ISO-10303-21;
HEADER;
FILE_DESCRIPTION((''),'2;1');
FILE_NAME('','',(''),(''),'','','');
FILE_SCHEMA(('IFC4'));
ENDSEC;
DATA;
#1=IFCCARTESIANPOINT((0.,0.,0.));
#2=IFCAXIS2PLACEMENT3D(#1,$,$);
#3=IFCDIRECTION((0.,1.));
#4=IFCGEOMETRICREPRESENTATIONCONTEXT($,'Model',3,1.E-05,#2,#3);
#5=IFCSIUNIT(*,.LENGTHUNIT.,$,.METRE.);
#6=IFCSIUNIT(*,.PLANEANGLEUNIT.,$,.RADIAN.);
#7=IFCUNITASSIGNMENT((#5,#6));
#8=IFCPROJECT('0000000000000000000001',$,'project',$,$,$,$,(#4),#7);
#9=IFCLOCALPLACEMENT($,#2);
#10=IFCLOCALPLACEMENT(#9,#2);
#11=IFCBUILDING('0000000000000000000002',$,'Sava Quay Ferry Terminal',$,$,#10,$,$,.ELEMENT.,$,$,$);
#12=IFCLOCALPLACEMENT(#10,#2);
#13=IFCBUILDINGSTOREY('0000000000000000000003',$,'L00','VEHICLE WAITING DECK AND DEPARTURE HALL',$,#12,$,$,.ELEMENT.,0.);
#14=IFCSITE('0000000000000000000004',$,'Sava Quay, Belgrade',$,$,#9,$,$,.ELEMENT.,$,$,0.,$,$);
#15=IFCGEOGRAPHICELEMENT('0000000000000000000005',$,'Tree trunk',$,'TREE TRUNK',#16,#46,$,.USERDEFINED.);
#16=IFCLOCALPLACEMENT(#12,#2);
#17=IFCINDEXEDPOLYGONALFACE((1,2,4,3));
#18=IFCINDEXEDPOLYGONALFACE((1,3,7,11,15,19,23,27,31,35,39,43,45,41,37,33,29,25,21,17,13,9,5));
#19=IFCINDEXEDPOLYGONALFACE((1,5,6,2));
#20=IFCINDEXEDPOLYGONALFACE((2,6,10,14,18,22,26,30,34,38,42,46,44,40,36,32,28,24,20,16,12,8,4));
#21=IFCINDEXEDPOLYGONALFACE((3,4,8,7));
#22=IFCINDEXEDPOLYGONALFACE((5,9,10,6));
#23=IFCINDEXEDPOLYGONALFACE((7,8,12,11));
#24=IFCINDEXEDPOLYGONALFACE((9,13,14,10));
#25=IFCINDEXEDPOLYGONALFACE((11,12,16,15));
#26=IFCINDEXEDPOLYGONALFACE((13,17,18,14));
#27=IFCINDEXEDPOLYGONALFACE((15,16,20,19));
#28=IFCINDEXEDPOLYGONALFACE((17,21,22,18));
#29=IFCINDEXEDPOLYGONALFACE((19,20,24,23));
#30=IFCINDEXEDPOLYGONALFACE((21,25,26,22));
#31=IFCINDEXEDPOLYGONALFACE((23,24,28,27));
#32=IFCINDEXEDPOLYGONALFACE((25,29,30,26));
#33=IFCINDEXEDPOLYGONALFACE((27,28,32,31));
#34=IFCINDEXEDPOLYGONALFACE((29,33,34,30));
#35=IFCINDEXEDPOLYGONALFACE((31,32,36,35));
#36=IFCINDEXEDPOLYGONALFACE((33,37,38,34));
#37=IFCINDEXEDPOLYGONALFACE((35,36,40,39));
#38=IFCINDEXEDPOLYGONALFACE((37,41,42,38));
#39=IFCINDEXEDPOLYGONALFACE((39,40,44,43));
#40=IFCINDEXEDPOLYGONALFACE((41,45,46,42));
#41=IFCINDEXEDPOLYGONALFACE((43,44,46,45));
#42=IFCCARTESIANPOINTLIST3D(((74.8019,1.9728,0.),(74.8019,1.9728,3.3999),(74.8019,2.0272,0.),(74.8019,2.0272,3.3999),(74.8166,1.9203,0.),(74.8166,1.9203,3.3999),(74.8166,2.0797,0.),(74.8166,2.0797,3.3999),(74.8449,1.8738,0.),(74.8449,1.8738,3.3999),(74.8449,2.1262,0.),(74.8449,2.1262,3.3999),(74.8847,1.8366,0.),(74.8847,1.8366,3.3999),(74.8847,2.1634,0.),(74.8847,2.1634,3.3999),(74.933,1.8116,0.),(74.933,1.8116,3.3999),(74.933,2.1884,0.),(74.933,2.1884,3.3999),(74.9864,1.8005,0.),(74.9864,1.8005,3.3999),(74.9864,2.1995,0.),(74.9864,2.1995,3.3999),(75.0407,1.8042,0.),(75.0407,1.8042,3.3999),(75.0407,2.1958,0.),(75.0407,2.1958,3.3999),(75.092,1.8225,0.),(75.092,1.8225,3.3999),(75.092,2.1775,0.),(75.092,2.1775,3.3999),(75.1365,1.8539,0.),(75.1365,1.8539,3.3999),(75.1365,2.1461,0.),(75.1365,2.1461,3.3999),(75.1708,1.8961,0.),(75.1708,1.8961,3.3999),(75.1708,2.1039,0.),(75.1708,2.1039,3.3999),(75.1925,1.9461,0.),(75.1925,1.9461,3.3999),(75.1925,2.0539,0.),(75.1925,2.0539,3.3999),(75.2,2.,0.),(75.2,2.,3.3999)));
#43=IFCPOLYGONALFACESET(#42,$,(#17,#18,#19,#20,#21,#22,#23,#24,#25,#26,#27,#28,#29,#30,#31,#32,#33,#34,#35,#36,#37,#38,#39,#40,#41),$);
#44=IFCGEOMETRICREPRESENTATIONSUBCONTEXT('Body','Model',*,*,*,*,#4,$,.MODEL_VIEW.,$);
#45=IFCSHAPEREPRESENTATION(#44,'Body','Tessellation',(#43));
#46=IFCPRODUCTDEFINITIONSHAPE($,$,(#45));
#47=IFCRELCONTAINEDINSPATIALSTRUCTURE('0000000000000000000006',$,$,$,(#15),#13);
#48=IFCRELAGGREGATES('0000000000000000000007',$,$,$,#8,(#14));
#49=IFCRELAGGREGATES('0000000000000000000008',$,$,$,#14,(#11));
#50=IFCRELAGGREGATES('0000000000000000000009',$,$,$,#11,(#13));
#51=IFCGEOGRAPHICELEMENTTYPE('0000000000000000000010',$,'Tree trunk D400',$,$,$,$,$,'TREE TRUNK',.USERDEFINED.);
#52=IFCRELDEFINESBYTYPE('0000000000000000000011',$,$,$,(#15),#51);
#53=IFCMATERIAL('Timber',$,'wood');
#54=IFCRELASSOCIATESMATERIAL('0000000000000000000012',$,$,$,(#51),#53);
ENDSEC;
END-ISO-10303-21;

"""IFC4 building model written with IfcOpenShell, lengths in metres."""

from ifc_helpers import new_model, si_unit, direction, frame, origin, origin_2d, place, context, subcontext, project, spatial, circle, extrude, material, type_object, element, save


model = new_model("IFC4")

# Units and contexts
model_context = context("Model", 3, precision=1e-05, world=origin(), true_north=direction((0.0, 1.0)))
body_context = subcontext(model_context, "Body", "Model", "MODEL_VIEW")
ifc_project = project(units=[si_unit("LENGTHUNIT", "METRE"), si_unit("PLANEANGLEUNIT", "RADIAN")], contexts=[model_context])

# Site, building, storey
site_placement = place(None, origin())
site = spatial("IfcSite", under=ifc_project, at=site_placement, Name="Sava Quay, Belgrade", CompositionType="ELEMENT", RefElevation=0.0)
building_placement = place(site_placement, origin())
building = spatial("IfcBuilding", under=site, at=building_placement, Name="Sava Quay Ferry Terminal", CompositionType="ELEMENT")
storey_placement = place(building_placement, origin())
storey = spatial("IfcBuildingStorey", under=building, at=storey_placement, Name="L00", Description="VEHICLE WAITING DECK AND DEPARTURE HALL", CompositionType="ELEMENT", Elevation=0.0)

# Geographic element
ifc_material_1 = material(Name="Timber", Category="wood")
geographic_element_type_1 = type_object("IfcGeographicElementType", Name="Tree trunk D400", ElementType="TREE TRUNK", PredefinedType="USERDEFINED", material=ifc_material_1)
for number, where, z_axis, x_axis, name in (
    (1, (75.0, 2.0, 3.3999), (0.0, 0.0, -1.0), (1.0, 0.0, 0.0), "Tree trunk"),
):
    element("IfcGeographicElement", number, at=place(storey_placement, frame(where, z_axis=z_axis, x_axis=x_axis)), inside=storey, type_object=geographic_element_type_1, Name=name, ObjectType="TREE TRUNK", PredefinedType="USERDEFINED", context=body_context, shape_type="SweptSolid", body=[
        extrude(circle(Radius=0.2, at=origin_2d()), origin(), (0.0, 0.0, 1.0), 3.3999),
    ])

save(model, "model.ifc")
